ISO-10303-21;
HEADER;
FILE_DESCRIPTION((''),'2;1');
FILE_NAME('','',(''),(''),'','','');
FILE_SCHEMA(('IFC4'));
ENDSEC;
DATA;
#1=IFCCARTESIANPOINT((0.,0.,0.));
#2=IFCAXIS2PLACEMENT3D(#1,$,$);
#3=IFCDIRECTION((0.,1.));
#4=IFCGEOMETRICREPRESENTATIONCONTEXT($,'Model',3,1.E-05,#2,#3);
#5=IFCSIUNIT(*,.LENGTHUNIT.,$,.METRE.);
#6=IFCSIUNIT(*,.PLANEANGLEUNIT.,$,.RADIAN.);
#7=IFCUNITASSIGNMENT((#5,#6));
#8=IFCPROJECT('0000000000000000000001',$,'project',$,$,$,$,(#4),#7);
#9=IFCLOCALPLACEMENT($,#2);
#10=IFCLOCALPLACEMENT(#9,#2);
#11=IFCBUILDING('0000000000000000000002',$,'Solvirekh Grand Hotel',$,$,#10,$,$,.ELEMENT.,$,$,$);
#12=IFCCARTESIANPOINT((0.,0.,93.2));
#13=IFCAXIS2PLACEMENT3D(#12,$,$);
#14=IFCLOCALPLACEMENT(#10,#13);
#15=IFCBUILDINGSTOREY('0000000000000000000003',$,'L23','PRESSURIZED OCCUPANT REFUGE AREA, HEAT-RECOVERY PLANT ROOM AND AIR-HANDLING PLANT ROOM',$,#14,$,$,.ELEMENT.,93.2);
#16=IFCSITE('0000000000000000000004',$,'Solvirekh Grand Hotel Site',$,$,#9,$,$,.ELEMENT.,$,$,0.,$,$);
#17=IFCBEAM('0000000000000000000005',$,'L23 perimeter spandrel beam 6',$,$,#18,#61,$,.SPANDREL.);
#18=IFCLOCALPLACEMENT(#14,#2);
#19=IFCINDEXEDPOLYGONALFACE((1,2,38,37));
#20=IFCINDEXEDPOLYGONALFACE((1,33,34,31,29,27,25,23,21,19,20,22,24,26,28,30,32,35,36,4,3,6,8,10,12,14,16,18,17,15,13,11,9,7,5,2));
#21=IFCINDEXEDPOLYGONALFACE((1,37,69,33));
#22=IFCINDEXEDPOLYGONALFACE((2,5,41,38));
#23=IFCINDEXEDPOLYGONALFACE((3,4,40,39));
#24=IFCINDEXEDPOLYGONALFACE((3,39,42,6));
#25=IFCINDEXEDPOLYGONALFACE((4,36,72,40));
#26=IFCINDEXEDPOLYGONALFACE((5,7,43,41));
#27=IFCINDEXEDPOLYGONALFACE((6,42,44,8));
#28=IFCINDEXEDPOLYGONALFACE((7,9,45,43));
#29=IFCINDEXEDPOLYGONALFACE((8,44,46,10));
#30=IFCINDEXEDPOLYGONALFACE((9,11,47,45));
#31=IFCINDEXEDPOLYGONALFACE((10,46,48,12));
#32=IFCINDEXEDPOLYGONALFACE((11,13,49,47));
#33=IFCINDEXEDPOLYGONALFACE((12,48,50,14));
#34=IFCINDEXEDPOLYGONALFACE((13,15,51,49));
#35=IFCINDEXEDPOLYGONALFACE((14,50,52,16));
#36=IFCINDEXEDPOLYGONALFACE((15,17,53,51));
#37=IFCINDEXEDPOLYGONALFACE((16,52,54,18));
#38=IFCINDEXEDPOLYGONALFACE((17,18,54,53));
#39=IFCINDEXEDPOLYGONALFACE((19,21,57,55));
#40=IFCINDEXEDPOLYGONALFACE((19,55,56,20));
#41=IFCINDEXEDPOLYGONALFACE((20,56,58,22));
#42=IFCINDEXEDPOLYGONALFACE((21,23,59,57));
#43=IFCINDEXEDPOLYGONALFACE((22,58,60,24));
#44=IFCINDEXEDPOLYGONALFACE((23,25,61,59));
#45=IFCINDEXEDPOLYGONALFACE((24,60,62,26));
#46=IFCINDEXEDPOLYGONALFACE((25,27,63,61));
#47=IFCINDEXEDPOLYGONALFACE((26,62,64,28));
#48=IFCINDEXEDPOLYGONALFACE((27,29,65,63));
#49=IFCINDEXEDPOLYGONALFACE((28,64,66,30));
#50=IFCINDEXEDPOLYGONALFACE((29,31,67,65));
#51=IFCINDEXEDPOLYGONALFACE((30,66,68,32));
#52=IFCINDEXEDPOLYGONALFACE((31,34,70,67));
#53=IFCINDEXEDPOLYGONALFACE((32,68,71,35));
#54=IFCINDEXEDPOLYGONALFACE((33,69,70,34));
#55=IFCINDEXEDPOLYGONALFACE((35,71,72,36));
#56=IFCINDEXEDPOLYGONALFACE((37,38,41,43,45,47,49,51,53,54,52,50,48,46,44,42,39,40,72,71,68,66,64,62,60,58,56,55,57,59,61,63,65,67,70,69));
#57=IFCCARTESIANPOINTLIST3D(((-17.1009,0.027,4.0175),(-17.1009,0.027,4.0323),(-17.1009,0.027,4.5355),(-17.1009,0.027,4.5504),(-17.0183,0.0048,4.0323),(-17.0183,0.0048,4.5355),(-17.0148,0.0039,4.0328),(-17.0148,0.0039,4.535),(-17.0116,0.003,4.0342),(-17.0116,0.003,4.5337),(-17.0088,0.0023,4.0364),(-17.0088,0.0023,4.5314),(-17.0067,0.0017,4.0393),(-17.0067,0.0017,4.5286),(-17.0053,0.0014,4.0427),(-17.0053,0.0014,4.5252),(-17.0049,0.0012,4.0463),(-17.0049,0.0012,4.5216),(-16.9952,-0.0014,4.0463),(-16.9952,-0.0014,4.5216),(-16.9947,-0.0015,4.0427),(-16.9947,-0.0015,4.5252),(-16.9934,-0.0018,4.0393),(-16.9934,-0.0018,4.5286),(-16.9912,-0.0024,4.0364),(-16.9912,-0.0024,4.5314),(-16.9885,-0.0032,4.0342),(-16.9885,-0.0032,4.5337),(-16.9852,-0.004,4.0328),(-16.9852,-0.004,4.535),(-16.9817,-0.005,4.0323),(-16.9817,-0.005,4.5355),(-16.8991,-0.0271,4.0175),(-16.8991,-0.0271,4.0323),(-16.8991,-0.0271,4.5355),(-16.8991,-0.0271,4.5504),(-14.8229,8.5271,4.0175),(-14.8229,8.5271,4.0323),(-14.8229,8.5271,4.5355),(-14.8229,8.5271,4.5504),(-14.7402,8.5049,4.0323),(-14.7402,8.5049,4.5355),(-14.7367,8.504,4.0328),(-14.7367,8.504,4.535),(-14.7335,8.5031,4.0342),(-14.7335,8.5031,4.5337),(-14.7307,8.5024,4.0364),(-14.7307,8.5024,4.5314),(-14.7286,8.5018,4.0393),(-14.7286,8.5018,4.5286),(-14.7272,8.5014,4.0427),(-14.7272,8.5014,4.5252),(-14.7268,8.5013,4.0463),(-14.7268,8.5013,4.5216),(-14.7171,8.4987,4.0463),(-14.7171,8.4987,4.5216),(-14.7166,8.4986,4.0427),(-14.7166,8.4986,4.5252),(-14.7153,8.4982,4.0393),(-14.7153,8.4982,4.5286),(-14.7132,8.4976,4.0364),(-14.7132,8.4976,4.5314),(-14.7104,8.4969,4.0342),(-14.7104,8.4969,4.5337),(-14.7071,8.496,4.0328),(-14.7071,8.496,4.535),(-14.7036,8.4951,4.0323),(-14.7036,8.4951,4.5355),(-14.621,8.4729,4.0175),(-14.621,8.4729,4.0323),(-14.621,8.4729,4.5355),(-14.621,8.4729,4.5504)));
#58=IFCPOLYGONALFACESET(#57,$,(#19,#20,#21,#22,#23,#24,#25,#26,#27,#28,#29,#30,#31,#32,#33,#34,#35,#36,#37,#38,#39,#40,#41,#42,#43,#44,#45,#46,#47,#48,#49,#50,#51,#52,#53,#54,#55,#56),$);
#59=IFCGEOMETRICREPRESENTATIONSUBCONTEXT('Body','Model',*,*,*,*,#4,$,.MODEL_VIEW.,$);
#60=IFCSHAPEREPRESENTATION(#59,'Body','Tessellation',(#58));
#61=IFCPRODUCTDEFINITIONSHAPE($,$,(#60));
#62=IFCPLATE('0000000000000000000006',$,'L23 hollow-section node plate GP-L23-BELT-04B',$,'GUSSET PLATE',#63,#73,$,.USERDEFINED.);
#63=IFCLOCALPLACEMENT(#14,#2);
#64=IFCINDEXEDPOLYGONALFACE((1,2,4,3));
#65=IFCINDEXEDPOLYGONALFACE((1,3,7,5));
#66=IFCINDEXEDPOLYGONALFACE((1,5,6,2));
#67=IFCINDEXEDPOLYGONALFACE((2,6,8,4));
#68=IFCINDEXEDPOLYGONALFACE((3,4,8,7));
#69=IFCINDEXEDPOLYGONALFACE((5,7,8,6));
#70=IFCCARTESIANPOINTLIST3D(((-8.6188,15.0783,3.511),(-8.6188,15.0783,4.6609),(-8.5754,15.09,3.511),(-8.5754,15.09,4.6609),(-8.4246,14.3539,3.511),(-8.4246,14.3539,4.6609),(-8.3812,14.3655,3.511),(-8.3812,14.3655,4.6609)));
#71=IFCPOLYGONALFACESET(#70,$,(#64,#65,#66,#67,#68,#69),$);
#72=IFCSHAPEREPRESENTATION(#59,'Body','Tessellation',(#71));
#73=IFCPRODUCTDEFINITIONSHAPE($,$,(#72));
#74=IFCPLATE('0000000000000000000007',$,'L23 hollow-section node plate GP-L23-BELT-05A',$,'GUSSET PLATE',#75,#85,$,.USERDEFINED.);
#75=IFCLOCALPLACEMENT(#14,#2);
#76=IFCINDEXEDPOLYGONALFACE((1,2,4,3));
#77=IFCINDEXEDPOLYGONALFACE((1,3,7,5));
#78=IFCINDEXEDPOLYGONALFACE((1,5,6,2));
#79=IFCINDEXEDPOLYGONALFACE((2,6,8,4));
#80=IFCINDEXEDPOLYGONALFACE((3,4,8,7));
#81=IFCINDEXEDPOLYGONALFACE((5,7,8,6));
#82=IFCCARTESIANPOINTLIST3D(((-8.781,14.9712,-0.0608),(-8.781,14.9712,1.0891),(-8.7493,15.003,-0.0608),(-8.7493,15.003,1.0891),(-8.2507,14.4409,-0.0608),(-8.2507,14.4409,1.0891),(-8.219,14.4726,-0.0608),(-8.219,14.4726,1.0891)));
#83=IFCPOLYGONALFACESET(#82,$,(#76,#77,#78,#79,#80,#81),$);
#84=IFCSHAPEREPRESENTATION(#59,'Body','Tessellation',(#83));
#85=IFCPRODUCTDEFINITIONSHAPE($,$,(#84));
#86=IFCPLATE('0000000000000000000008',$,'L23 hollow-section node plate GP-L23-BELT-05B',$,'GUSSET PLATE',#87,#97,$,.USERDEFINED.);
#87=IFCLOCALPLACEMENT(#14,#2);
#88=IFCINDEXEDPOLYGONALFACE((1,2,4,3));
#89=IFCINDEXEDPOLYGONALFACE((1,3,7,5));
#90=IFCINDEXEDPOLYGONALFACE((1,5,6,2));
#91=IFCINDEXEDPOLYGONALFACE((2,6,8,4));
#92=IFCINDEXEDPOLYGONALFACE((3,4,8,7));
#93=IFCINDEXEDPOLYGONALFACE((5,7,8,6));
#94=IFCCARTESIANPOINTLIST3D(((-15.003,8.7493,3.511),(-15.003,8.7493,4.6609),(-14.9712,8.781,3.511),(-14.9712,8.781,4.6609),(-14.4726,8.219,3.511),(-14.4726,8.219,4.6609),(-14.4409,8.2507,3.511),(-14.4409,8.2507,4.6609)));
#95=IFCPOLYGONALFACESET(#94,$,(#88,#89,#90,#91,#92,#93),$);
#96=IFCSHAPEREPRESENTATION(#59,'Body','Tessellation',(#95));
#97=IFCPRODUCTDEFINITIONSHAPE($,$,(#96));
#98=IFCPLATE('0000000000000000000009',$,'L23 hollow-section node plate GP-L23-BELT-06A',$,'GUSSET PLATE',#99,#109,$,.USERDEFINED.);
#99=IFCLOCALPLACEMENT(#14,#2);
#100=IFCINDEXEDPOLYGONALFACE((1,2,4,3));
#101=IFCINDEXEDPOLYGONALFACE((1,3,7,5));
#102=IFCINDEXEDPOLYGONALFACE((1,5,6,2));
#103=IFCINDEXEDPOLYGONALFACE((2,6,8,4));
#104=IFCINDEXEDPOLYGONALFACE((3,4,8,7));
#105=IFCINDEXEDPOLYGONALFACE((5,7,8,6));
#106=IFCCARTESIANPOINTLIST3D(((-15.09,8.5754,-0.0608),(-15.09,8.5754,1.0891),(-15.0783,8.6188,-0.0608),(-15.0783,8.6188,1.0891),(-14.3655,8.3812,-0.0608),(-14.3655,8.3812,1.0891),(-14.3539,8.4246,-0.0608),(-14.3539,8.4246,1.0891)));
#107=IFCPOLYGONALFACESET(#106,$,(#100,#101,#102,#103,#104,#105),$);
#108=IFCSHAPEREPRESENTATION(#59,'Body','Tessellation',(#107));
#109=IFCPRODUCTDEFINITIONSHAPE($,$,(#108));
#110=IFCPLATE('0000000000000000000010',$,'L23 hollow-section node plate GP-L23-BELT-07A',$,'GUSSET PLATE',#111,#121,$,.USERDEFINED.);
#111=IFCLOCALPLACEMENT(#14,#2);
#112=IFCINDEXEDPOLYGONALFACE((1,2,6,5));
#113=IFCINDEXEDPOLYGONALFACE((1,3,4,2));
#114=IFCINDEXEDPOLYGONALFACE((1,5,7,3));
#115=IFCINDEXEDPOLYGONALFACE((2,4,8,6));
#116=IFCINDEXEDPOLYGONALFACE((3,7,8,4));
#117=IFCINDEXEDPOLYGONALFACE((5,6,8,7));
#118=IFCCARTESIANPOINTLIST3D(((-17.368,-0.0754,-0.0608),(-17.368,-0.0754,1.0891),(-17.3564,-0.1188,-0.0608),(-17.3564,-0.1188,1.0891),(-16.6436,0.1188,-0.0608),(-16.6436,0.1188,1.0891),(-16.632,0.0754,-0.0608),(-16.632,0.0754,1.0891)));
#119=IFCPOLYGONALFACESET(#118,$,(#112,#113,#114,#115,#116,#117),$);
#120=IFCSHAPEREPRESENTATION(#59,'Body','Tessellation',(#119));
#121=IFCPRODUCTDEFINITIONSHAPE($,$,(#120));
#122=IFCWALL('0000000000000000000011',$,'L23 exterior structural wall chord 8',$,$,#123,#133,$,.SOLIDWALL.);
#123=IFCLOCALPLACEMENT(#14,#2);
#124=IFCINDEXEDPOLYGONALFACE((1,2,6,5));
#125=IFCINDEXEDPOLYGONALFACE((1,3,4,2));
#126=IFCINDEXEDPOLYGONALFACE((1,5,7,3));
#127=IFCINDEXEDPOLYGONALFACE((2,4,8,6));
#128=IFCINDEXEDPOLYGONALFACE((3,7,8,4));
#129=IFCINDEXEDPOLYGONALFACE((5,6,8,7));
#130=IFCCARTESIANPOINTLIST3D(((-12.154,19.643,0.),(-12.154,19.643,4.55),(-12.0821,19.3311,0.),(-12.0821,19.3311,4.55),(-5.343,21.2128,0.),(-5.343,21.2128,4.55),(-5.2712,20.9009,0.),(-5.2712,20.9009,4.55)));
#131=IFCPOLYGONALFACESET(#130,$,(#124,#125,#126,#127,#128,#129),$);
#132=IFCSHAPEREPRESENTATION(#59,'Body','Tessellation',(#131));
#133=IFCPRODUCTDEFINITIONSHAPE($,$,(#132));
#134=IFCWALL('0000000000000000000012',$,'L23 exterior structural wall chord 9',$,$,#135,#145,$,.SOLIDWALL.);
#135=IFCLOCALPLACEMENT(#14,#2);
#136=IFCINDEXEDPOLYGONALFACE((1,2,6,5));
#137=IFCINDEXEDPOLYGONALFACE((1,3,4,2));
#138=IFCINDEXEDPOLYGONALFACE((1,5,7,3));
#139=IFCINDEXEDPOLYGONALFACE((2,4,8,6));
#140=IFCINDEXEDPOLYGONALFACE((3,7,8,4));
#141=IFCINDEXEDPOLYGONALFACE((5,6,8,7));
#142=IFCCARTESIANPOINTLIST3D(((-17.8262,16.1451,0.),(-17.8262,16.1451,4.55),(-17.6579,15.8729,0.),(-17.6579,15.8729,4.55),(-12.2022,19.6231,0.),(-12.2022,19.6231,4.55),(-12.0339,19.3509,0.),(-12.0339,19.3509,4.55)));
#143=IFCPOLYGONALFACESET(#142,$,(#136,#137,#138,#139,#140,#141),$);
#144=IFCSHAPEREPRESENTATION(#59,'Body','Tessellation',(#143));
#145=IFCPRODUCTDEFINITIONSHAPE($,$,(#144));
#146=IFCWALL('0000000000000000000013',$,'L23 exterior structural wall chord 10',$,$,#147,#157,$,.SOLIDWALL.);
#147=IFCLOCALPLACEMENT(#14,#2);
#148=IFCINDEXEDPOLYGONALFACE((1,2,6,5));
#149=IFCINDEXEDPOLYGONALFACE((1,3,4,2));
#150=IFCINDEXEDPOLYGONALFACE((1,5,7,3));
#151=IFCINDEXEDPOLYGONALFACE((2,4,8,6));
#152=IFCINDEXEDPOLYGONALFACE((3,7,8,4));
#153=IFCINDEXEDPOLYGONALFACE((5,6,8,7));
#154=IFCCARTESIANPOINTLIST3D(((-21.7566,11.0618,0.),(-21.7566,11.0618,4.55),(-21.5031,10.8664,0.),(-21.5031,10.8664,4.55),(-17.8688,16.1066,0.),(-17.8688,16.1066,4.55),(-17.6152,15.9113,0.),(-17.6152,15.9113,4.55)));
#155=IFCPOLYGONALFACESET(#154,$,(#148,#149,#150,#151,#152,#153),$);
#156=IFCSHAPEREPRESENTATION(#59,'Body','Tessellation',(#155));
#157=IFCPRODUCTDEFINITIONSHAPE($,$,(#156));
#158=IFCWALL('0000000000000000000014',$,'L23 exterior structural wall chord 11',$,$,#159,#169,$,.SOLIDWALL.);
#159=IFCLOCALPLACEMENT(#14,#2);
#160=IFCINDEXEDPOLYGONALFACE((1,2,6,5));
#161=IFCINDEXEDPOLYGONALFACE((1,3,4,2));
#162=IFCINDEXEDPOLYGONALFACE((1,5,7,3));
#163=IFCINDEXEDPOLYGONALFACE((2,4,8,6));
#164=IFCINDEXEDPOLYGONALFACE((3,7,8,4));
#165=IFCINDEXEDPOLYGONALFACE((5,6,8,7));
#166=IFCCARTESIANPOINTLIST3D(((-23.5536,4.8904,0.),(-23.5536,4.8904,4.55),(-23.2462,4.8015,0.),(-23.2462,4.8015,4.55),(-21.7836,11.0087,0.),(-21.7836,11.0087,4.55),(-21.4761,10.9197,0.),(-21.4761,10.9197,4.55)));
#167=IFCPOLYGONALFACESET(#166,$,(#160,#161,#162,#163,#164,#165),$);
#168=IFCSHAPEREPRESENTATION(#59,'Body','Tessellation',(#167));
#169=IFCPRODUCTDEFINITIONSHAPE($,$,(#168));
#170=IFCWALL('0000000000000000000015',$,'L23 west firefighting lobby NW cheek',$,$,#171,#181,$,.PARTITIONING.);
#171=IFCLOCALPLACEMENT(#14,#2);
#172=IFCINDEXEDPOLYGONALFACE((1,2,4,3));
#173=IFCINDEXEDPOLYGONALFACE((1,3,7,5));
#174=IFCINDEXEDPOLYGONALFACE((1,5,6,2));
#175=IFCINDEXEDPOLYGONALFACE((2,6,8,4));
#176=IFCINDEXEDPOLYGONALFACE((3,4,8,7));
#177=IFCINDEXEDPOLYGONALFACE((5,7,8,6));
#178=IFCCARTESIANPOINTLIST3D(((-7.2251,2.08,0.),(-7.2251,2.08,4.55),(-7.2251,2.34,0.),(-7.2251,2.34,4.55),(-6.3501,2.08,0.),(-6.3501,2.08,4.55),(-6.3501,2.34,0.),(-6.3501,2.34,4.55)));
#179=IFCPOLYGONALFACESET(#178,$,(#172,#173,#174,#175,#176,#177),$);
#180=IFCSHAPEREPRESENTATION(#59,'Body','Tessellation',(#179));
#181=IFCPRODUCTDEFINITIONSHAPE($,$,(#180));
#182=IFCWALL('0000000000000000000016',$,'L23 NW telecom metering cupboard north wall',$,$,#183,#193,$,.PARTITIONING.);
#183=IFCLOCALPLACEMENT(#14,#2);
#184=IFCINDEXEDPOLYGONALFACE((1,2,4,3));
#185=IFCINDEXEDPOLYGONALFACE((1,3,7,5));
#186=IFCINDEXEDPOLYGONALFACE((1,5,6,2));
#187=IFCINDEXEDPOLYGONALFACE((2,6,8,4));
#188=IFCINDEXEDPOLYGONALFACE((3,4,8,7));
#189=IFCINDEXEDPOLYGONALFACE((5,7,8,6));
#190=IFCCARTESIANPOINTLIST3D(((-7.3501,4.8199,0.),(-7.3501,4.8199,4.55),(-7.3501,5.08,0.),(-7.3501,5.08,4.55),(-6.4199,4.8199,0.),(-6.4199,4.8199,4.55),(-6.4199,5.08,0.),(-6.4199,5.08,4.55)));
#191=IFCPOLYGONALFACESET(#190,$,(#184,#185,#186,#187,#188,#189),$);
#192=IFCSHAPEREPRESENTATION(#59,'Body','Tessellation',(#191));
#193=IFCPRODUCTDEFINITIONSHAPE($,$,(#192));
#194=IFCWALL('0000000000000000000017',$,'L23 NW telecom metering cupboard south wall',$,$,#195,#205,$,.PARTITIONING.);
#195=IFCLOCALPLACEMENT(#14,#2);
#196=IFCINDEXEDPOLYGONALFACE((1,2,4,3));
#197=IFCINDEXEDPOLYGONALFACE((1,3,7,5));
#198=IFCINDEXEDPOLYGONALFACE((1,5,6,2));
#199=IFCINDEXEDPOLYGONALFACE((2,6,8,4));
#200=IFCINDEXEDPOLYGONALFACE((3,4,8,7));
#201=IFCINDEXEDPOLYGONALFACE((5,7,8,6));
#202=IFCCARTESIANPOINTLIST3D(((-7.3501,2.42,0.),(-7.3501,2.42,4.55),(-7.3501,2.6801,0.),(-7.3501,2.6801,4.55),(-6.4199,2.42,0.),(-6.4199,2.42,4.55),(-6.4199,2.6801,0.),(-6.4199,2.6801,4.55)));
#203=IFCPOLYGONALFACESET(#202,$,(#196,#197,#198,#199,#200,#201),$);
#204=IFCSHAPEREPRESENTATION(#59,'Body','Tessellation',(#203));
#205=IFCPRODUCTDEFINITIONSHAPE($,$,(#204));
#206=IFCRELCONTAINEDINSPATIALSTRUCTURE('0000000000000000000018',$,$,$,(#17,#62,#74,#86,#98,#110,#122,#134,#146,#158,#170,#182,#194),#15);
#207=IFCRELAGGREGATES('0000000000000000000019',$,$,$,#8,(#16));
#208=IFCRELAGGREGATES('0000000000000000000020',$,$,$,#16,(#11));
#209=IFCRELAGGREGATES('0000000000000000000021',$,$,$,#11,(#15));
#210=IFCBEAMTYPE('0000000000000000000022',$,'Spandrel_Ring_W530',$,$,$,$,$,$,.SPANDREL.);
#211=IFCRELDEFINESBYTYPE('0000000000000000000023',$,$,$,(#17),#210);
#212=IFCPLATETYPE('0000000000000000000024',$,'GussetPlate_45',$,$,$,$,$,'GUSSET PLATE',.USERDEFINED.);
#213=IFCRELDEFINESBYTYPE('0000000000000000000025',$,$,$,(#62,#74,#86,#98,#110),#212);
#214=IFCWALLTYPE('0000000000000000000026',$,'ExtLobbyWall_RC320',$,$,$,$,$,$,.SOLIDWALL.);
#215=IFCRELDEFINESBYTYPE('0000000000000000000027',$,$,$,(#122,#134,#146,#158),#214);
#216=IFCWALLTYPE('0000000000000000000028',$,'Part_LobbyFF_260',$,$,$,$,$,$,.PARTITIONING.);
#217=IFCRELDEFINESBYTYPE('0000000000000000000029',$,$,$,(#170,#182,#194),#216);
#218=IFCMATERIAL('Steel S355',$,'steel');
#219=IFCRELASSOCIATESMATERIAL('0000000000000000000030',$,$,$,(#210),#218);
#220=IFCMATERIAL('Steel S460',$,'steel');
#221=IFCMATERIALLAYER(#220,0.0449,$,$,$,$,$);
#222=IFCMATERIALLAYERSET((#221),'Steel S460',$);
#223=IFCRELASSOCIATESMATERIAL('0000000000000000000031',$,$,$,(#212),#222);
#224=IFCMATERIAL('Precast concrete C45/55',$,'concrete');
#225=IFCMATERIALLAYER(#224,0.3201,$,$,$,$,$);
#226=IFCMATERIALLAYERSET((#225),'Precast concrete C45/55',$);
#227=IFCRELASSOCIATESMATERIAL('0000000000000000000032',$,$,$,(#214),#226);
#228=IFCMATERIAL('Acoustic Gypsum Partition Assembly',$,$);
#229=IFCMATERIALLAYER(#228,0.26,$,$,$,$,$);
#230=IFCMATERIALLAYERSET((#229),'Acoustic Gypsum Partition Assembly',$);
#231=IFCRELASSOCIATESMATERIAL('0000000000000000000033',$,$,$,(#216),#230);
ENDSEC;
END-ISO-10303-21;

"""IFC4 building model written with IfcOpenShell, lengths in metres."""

from ifc_helpers import new_model, si_unit, direction, frame, frame_2d, origin, origin_2d, place, context, subcontext, project, spatial, rectangle, i_section, extrude, material, layer, layer_set, material_profile, profile_set, type_object, element, save


model = new_model("IFC4")

# Units and contexts
model_context = context("Model", 3, precision=1e-05, world=origin(), true_north=direction((0.0, 1.0)))
body_context = subcontext(model_context, "Body", "Model", "MODEL_VIEW")
ifc_project = project(units=[si_unit("LENGTHUNIT", "METRE"), si_unit("PLANEANGLEUNIT", "RADIAN")], contexts=[model_context])

# Site, building, storey
site_placement = place(None, origin())
site = spatial("IfcSite", under=ifc_project, at=site_placement, Name="Solvirekh Grand Hotel Site", CompositionType="ELEMENT", RefElevation=0.0)
building_placement = place(site_placement, origin())
building = spatial("IfcBuilding", under=site, at=building_placement, Name="Solvirekh Grand Hotel", CompositionType="ELEMENT")
storey_placement = place(building_placement, frame((0.0, 0.0, 93.2)))
storey = spatial("IfcBuildingStorey", under=building, at=storey_placement, Name="L23", Description="PRESSURIZED OCCUPANT REFUGE AREA, HEAT-RECOVERY PLANT ROOM AND AIR-HANDLING PLANT ROOM", CompositionType="ELEMENT", Elevation=93.2)

# Shared definitions
ifc_material_1 = material(Name="Steel S460", Category="steel")

# Beam
ifc_material_2 = material(Name="Steel S355", Category="steel")
ifc_material_profile_1 = material_profile(ifc_material_2, i_section(OverallWidth=0.209, OverallDepth=0.533, WebThickness=0.01, FlangeThickness=0.0149, FilletRadius=0.0139, at=origin_2d()), Name="W530X92")
ifc_profile_set_1 = profile_set([ifc_material_profile_1], Name="Steel S355")
beam_type = type_object("IfcBeamType", Name="Spandrel_Ring_W530", PredefinedType="SPANDREL", material=ifc_profile_set_1)
beam_1_placement = place(storey_placement, frame((-14.7219, 8.5, 4.2839), z_axis=(-0.258873, -0.965911, 0.0), x_axis=(0.965911, -0.258873, 0.0)))
element("IfcBeam", 1, at=beam_1_placement, inside=storey, type_object=beam_type, Name="L23 perimeter spandrel beam 6", PredefinedType="SPANDREL", context=body_context, shape_type="SweptSolid", body=[
    extrude(i_section(OverallWidth=0.209, OverallDepth=0.533, WebThickness=0.01, FlangeThickness=0.0149, FilletRadius=0.0139, at=origin_2d()), origin(), (0.0, 0.0, 1.0), 8.8),
])

# Plates
ifc_layer_1 = layer(ifc_material_1, 0.0449)
ifc_layer_set_1 = layer_set([ifc_layer_1], Name="Steel S460")
plate_type = type_object("IfcPlateType", Name="GussetPlate_45", ElementType="GUSSET PLATE", PredefinedType="USERDEFINED", material=ifc_layer_set_1)
for number, where, z_axis, x_axis, name in (
    (2, (-8.5, 14.7219, 3.511), (0.0, 0.0, 1.0), (-0.965926, -0.258819, 0.0), "L23 hollow-section node plate GP-L23-BELT-04B"),
    (3, (-8.5, 14.7219, -0.0608), (0.0, 0.0, 1.0), (-0.707107, -0.707107, 0.0), "L23 hollow-section node plate GP-L23-BELT-05A"),
    (4, (-14.7219, 8.5, 3.511), (0.0, 0.0, 1.0), (-0.707107, -0.707107, 0.0), "L23 hollow-section node plate GP-L23-BELT-05B"),
    (5, (-14.7219, 8.5, -0.0608), (0.0, 0.0, 1.0), (-0.258819, -0.965926, 0.0), "L23 hollow-section node plate GP-L23-BELT-06A"),
    (6, (-17.0, 0.0, -0.0608), (0.0, 0.0, 1.0), (0.258819, -0.965926, 0.0), "L23 hollow-section node plate GP-L23-BELT-07A"),
):
    element("IfcPlate", number, at=place(storey_placement, frame(where, z_axis=z_axis, x_axis=x_axis)), inside=storey, type_object=plate_type, Name=name, ObjectType="GUSSET PLATE", PredefinedType="USERDEFINED", context=body_context, shape_type="SweptSolid", body=[
        extrude(rectangle(XDim=0.0449, YDim=0.75, at=origin_2d()), origin(), (0.0, 0.0, 1.0), 1.1499),
    ])

# Walls
ifc_material_3 = material(Name="Precast concrete C45/55", Category="concrete")
ifc_layer_2 = layer(ifc_material_3, 0.3201)
ifc_layer_set_2 = layer_set([ifc_layer_2], Name="Precast concrete C45/55")
wall_type_1 = type_object("IfcWallType", Name="ExtLobbyWall_RC320", PredefinedType="SOLIDWALL", material=ifc_layer_set_2)
wall_1_placement = place(storey_placement, frame((-12.1179, 19.4871, 0.0), z_axis=(0.0, 0.0, 1.0), x_axis=(0.974452, 0.224594, 0.0)))
element("IfcWall", 7, at=wall_1_placement, inside=storey, type_object=wall_type_1, Name="L23 exterior structural wall chord 8", PredefinedType="SOLIDWALL", context=body_context, shape_type="SweptSolid", body=[
    extrude(rectangle(XDim=6.9895, YDim=0.3201, at=frame_2d((3.4946, 0.0))), origin(), (0.0, 0.0, 1.0), 4.55),
])
wall_2_placement = place(storey_placement, frame((-17.7419, 16.009, 0.0), z_axis=(0.0, 0.0, 1.0), x_axis=(0.850503, 0.525971, 0.0)))
element("IfcWall", 8, at=wall_2_placement, inside=storey, type_object=wall_type_1, Name="L23 exterior structural wall chord 9", PredefinedType="SOLIDWALL", context=body_context, shape_type="SweptSolid", body=[
    extrude(rectangle(XDim=6.6125, YDim=0.3201, at=frame_2d((3.3062, 0.0))), origin(), (0.0, 0.0, 1.0), 4.55),
])
for number, where, z_axis, x_axis, name in (
    (9, (-21.6299, 10.9641, 0.0), (0.0, 0.0, 1.0), (0.610424, 0.792075, 0.0), "L23 exterior structural wall chord 10"),
    (10, (-23.3999, 4.8459, 0.0), (0.0, 0.0, 1.0), (0.277909, 0.960607, 0.0), "L23 exterior structural wall chord 11"),
):
    element("IfcWall", number, at=place(storey_placement, frame(where, z_axis=z_axis, x_axis=x_axis)), inside=storey, type_object=wall_type_1, Name=name, PredefinedType="SOLIDWALL", context=body_context, shape_type="SweptSolid", body=[
        extrude(rectangle(XDim=6.3691, YDim=0.3201, at=frame_2d((3.1846, 0.0))), origin(), (0.0, 0.0, 1.0), 4.55),
    ])
ifc_material_4 = material(Name="Acoustic Gypsum Partition Assembly")
ifc_layer_3 = layer(ifc_material_4, 0.26)
ifc_layer_set_3 = layer_set([ifc_layer_3], Name="Acoustic Gypsum Partition Assembly")
wall_type_2 = type_object("IfcWallType", Name="Part_LobbyFF_260", PredefinedType="PARTITIONING", material=ifc_layer_set_3)
wall_3_placement = place(storey_placement, frame((-7.2251, 2.21, 0.0), z_axis=(0.0, 0.0, 1.0), x_axis=(1.0, 0.0, 0.0)))
element("IfcWall", 11, at=wall_3_placement, inside=storey, type_object=wall_type_2, Name="L23 west firefighting lobby NW cheek", PredefinedType="PARTITIONING", context=body_context, shape_type="SweptSolid", body=[
    extrude(rectangle(XDim=0.875, YDim=0.26, at=frame_2d((0.4375, 0.0))), origin(), (0.0, 0.0, 1.0), 4.55),
])
for number, where, z_axis, x_axis, name in (
    (12, (-7.3501, 4.95, 0.0), (0.0, 0.0, 1.0), (1.0, 0.0, 0.0), "L23 NW telecom metering cupboard north wall"),
    (13, (-7.3501, 2.55, 0.0), (0.0, 0.0, 1.0), (1.0, 0.0, 0.0), "L23 NW telecom metering cupboard south wall"),
):
    element("IfcWall", number, at=place(storey_placement, frame(where, z_axis=z_axis, x_axis=x_axis)), inside=storey, type_object=wall_type_2, Name=name, PredefinedType="PARTITIONING", context=body_context, shape_type="SweptSolid", body=[
        extrude(rectangle(XDim=0.9302, YDim=0.26, at=frame_2d((0.4651, 0.0))), origin(), (0.0, 0.0, 1.0), 4.55),
    ])

save(model, "model.ifc")
